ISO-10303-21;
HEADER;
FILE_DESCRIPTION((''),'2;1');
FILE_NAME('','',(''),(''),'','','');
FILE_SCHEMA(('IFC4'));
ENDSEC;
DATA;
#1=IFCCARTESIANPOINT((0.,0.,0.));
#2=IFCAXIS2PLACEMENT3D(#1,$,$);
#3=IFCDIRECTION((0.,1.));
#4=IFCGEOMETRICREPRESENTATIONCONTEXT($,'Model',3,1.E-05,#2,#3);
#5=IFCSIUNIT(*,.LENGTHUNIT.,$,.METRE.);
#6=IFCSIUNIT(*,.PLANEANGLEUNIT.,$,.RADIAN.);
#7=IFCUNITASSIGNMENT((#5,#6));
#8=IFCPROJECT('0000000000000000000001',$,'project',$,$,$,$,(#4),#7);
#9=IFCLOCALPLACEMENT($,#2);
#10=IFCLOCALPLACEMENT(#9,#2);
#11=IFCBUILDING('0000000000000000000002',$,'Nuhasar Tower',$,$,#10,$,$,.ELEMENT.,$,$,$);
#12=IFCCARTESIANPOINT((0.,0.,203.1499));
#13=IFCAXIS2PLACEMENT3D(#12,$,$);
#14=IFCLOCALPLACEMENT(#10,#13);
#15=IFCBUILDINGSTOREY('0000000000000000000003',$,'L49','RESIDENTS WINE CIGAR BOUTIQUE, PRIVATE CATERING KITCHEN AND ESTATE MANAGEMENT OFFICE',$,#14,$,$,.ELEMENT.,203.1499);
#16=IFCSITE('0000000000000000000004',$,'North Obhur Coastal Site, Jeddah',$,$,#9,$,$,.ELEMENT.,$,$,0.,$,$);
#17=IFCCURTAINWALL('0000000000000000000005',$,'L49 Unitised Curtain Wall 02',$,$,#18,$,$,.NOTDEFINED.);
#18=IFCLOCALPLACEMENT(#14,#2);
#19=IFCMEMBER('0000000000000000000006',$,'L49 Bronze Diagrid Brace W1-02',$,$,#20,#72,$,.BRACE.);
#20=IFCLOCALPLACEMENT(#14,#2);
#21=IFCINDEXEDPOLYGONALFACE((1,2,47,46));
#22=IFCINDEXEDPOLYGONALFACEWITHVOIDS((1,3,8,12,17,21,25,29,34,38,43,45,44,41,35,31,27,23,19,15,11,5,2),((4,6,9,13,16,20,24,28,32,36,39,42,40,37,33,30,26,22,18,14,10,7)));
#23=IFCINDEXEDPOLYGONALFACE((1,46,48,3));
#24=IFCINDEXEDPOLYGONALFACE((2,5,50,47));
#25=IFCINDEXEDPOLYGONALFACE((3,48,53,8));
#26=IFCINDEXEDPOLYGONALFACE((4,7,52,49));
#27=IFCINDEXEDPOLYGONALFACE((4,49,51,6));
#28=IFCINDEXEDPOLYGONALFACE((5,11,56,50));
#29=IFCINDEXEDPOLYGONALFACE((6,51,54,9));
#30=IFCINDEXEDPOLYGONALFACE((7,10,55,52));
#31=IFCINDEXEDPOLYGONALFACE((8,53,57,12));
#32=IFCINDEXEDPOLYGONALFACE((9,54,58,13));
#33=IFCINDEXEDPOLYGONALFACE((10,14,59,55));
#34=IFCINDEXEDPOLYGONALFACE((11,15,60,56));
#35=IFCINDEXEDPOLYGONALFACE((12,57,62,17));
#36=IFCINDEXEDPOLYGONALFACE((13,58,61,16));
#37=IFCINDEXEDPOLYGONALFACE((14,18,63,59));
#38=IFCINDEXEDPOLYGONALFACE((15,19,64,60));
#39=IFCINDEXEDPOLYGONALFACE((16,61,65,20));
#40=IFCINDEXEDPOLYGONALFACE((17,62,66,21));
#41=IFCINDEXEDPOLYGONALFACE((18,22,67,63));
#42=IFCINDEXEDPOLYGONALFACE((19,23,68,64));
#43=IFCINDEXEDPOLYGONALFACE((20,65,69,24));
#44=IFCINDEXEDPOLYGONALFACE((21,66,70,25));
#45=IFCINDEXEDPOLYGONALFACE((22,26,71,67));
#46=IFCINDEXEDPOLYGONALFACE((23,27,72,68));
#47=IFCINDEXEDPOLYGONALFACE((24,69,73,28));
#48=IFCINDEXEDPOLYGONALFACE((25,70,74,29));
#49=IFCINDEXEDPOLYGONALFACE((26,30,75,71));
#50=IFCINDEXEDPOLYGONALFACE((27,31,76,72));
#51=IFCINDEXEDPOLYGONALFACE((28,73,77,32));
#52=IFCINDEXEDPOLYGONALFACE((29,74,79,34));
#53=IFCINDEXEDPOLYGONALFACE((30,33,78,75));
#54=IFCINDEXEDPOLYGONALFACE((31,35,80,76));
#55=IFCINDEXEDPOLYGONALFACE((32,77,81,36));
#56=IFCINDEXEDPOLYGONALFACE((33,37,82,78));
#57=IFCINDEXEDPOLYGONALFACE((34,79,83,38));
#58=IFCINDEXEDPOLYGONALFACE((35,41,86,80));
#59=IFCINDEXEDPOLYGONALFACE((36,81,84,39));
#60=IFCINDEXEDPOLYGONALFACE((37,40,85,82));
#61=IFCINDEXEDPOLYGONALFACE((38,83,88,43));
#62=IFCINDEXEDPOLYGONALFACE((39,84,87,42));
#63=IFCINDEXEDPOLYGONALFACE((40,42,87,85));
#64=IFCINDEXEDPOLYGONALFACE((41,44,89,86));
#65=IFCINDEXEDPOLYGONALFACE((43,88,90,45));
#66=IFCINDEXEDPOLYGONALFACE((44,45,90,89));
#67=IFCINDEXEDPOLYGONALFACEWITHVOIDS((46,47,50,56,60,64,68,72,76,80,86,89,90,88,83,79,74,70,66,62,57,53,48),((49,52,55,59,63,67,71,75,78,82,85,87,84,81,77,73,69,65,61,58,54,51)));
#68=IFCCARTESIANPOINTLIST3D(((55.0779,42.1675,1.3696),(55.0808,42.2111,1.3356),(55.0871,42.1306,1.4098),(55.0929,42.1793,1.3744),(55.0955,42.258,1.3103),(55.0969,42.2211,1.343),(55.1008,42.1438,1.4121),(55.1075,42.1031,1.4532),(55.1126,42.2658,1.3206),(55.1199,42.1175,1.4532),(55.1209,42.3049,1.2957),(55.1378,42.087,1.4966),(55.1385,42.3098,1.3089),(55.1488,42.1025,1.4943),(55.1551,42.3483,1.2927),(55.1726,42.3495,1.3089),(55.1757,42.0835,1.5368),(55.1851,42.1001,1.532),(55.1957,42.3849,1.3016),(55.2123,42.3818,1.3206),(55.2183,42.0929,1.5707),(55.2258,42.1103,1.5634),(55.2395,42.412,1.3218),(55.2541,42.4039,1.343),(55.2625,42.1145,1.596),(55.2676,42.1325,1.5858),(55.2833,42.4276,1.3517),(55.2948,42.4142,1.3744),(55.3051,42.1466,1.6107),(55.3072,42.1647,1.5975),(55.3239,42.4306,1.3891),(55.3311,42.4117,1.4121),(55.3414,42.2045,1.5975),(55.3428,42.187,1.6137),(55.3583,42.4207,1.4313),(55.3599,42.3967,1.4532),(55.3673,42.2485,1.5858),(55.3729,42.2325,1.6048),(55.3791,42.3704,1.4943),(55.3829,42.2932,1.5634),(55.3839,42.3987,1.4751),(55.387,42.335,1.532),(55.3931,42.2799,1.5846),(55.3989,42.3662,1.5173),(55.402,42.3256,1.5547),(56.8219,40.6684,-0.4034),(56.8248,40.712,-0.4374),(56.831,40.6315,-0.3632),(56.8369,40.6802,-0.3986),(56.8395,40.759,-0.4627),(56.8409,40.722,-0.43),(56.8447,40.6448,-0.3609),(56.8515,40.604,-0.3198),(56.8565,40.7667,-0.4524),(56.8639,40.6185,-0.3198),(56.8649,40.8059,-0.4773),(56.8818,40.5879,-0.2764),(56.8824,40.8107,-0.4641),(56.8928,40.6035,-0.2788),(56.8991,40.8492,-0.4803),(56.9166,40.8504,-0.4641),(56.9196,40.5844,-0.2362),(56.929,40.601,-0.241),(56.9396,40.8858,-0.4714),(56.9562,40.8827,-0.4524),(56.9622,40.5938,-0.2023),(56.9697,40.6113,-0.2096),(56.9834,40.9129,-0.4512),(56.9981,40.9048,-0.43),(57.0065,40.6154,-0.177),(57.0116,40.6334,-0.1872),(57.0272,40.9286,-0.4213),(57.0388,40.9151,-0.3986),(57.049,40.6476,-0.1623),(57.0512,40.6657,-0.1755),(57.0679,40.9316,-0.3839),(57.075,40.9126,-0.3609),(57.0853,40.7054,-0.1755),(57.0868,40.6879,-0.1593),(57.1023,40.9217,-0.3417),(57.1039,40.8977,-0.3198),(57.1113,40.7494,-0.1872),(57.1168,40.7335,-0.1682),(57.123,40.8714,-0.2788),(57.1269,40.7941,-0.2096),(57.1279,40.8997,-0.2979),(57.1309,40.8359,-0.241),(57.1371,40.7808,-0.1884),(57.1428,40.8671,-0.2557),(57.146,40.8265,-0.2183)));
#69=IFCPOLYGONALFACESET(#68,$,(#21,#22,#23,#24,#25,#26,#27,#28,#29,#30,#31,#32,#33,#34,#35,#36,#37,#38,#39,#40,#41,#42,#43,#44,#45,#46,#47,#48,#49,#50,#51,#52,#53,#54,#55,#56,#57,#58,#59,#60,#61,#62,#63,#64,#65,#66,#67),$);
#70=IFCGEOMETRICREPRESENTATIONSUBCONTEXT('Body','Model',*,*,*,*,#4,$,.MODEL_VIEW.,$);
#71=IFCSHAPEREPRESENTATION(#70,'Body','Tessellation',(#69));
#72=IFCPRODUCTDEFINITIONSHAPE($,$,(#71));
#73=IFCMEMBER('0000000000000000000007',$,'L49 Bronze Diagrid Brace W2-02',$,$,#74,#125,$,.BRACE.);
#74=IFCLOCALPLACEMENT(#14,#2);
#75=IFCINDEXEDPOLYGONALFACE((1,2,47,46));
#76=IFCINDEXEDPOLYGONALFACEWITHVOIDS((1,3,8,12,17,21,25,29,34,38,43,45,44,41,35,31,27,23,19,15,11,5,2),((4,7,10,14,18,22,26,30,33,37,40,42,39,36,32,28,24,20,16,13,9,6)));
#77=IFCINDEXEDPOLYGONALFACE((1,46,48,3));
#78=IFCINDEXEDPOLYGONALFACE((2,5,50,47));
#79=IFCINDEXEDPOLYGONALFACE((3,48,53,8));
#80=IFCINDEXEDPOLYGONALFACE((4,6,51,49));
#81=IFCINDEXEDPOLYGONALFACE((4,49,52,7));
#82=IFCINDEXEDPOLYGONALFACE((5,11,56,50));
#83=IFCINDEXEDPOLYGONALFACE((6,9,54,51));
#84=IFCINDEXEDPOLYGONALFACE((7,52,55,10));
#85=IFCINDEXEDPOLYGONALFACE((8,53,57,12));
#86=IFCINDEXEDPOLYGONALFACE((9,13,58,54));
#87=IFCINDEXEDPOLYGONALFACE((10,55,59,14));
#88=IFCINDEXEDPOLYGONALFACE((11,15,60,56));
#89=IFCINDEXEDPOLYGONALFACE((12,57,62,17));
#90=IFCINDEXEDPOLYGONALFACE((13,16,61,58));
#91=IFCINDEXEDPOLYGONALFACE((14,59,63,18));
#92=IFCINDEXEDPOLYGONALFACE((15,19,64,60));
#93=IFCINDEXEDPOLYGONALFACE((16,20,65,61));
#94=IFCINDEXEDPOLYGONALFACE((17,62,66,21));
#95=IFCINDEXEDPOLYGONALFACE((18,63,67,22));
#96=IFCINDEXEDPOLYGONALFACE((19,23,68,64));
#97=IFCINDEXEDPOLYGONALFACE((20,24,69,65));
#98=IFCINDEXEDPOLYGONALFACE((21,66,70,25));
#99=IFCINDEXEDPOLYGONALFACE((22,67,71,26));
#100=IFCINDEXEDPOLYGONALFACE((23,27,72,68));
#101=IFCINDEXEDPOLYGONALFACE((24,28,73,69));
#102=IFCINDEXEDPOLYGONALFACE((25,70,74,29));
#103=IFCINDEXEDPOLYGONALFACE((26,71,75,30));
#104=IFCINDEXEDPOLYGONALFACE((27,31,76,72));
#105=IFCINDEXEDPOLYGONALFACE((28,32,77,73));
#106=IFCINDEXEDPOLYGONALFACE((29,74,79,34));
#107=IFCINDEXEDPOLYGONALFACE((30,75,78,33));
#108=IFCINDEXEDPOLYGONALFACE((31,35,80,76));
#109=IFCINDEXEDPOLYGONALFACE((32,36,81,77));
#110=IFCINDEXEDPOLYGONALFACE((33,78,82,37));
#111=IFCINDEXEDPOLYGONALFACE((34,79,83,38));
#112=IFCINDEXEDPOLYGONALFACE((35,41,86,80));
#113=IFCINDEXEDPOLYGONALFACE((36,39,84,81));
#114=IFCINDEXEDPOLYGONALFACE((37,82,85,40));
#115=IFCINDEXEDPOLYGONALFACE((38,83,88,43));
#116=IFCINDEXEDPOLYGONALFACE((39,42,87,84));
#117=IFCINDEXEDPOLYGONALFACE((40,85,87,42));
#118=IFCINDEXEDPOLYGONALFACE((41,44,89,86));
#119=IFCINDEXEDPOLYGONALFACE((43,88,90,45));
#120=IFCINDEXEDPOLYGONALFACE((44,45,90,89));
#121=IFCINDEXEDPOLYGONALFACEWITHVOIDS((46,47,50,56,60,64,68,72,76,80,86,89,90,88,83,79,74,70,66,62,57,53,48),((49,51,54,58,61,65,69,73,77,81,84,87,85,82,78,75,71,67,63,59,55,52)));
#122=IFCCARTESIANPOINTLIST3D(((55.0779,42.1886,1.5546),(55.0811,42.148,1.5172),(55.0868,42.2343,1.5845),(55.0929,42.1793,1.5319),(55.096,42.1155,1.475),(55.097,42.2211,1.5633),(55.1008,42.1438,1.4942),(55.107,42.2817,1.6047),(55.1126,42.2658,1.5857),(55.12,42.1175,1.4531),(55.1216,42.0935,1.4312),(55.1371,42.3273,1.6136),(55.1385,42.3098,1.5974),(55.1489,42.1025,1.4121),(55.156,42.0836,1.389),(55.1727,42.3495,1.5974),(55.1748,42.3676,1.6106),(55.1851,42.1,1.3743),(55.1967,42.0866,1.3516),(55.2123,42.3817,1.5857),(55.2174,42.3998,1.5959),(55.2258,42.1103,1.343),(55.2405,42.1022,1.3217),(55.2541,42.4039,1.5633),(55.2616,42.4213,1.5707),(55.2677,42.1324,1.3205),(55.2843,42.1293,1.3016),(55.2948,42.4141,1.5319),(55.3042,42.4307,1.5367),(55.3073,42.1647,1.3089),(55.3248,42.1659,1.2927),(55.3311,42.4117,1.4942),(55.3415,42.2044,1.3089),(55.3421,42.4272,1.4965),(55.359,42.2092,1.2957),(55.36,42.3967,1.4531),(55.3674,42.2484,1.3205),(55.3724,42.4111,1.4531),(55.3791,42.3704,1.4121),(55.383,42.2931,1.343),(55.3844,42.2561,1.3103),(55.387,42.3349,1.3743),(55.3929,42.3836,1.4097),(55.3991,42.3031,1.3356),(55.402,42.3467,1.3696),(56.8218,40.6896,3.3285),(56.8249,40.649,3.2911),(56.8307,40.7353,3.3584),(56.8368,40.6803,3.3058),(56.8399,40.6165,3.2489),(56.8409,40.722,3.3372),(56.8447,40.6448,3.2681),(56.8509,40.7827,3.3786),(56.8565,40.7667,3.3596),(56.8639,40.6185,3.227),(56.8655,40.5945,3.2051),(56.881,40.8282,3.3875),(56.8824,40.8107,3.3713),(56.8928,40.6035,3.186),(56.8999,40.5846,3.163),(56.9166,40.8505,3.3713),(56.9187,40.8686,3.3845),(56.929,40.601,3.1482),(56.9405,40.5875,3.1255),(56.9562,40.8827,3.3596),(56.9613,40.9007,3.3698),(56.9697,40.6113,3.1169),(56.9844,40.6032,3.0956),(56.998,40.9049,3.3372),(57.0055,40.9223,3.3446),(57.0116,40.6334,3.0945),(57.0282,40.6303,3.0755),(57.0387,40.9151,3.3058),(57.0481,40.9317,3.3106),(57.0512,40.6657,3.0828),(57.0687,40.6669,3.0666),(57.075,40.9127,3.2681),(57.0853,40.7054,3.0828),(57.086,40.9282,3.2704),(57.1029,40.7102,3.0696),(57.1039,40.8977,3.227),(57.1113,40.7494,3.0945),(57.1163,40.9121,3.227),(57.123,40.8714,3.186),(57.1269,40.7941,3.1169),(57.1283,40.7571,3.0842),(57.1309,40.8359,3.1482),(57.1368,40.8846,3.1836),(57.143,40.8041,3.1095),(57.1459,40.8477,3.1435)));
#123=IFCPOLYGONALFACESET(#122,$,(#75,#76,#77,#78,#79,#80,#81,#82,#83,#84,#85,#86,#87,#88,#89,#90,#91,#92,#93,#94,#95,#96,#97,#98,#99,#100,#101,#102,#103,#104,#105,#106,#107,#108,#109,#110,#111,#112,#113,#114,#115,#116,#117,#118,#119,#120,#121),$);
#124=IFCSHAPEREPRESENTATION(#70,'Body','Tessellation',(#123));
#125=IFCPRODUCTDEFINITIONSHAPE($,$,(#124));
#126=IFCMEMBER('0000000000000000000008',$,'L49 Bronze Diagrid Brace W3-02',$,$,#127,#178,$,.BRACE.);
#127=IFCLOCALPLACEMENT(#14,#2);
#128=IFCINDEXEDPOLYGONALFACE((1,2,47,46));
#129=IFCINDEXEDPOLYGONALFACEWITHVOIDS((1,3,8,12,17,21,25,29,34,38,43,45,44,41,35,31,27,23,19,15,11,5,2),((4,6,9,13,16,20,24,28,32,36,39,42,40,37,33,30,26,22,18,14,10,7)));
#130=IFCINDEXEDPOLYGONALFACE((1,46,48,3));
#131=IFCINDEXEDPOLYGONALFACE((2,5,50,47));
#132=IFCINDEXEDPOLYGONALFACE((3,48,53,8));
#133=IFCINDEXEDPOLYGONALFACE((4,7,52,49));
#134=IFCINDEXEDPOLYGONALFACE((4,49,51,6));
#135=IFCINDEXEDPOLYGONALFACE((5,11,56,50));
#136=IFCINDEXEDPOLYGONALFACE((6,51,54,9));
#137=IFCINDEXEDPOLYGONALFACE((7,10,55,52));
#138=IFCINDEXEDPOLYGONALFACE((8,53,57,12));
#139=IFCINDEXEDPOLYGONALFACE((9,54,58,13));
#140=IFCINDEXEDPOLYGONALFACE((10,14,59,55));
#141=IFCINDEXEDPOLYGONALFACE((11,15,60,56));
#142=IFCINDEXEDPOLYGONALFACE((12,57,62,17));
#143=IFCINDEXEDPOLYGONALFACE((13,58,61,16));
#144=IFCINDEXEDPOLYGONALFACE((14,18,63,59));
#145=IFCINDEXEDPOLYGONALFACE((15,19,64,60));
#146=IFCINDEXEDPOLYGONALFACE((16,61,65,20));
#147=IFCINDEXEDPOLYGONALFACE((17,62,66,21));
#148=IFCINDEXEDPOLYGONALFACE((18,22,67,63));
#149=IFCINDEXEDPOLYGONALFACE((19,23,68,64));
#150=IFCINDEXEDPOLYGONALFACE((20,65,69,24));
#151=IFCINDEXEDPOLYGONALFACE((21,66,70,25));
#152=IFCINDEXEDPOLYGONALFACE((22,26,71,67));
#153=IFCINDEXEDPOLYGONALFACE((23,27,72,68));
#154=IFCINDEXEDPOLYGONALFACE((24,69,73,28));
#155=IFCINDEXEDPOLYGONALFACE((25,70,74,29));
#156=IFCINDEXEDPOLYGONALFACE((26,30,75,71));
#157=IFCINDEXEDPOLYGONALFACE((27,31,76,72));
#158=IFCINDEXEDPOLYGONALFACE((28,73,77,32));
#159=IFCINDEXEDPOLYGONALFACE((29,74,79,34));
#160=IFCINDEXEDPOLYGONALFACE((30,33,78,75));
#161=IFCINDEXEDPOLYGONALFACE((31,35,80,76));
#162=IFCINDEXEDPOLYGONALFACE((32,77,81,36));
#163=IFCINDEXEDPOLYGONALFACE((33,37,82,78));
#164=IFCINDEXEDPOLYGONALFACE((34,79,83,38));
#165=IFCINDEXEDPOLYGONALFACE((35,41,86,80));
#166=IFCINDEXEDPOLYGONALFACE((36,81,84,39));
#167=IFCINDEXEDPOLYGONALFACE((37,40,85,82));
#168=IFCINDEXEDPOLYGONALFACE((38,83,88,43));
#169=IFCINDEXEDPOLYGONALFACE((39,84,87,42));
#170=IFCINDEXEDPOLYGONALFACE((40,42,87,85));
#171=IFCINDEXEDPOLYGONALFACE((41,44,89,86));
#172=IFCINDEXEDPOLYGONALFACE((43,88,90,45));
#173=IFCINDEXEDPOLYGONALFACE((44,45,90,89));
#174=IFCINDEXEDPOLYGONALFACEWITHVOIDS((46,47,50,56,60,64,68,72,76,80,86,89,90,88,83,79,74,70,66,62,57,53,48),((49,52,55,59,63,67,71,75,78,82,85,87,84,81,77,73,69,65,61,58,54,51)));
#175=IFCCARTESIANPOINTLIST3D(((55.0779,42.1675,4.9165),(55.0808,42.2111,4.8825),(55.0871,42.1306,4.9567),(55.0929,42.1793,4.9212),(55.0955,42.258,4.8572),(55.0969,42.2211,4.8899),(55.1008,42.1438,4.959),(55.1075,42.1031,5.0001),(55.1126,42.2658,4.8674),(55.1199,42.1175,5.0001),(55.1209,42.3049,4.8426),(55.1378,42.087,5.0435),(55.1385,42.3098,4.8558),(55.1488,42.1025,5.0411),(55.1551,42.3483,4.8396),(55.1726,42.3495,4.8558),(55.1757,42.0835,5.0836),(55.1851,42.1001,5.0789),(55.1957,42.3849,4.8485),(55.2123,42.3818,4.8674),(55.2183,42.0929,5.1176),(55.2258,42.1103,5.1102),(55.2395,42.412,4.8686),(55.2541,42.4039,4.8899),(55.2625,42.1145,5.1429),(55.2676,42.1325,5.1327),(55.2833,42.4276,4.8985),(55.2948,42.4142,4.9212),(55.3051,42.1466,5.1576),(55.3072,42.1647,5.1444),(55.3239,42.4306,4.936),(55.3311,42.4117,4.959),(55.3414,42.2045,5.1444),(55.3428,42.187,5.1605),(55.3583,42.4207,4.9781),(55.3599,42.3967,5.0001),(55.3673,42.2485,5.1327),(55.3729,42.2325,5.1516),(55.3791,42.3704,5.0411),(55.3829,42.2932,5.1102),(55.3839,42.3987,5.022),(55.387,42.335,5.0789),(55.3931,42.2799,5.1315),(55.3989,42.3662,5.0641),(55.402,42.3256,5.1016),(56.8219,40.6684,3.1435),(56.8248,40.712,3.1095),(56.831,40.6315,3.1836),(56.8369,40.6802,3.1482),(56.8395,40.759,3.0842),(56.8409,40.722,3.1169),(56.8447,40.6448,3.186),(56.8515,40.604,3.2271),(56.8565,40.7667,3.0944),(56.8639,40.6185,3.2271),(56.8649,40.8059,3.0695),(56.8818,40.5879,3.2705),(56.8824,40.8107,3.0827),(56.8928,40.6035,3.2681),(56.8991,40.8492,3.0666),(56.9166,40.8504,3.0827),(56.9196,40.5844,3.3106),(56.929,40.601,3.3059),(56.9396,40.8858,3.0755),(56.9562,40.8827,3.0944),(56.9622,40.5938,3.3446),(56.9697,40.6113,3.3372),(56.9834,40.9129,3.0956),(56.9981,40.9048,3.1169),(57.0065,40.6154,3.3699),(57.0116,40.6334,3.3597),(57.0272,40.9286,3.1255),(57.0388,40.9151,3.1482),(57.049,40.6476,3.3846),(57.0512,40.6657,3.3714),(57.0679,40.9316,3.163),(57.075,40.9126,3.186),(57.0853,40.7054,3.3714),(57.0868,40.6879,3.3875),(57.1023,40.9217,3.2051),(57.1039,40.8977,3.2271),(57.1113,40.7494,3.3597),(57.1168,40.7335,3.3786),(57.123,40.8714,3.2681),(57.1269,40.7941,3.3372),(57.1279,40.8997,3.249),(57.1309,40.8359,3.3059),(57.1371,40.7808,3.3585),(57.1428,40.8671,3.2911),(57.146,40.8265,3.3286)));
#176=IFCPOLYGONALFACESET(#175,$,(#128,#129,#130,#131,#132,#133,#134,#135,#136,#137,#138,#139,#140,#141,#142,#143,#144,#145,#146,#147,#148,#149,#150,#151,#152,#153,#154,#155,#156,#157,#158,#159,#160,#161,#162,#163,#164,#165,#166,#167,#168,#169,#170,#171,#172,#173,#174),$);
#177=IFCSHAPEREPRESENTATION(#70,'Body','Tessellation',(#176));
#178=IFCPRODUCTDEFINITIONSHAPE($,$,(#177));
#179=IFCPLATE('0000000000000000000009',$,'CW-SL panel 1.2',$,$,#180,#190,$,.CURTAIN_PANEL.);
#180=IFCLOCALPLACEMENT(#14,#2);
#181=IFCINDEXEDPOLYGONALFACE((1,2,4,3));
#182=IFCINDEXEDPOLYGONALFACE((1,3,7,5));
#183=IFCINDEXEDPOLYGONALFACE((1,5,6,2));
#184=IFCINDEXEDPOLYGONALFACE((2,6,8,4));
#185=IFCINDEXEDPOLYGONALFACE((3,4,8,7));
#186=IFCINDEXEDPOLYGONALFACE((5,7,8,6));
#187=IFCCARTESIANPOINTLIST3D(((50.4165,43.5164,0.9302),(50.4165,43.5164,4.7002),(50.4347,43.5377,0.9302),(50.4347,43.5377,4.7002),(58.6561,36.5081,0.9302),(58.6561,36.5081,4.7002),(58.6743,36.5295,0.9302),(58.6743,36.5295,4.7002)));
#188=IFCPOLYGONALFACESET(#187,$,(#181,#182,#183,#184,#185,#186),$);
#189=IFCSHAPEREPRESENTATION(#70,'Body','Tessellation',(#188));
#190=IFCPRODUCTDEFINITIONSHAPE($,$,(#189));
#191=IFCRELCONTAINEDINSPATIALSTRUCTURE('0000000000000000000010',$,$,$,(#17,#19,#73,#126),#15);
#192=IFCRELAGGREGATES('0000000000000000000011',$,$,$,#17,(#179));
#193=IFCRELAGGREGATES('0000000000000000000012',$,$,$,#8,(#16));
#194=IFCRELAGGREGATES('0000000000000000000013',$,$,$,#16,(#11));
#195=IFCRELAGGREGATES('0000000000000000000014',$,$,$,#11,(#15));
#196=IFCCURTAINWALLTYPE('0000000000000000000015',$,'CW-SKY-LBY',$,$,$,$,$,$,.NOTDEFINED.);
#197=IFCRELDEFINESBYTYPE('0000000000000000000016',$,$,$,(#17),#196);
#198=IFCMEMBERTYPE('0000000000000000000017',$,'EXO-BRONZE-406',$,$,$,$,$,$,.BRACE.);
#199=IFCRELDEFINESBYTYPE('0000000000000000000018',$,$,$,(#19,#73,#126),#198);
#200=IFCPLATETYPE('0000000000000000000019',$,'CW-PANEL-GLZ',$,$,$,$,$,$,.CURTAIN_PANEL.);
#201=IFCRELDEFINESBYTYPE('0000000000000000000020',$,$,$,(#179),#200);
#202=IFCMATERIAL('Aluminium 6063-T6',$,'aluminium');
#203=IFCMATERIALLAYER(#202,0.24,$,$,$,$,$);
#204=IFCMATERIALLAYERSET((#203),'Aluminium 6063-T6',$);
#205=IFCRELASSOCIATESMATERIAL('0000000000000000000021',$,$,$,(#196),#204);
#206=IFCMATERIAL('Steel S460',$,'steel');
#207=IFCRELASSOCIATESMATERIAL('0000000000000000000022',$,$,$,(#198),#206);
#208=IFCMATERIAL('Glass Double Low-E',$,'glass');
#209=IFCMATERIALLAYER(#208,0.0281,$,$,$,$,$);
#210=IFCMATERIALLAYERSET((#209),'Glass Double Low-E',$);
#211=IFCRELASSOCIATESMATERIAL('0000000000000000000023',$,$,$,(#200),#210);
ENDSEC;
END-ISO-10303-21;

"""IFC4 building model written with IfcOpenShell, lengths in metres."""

from ifc_helpers import new_model, si_unit, direction, frame, origin, origin_2d, place, context, subcontext, project, spatial, rectangle, hollow_circle, extrude, material, layer, layer_set, material_profile, profile_set, type_object, element, aggregate, save


model = new_model("IFC4")

# Units and contexts
model_context = context("Model", 3, precision=1e-05, world=origin(), true_north=direction((0.0, 1.0)))
body_context = subcontext(model_context, "Body", "Model", "MODEL_VIEW")
ifc_project = project(units=[si_unit("LENGTHUNIT", "METRE"), si_unit("PLANEANGLEUNIT", "RADIAN")], contexts=[model_context])

# Site, building, storey
site_placement = place(None, origin())
site = spatial("IfcSite", under=ifc_project, at=site_placement, Name="North Obhur Coastal Site, Jeddah", CompositionType="ELEMENT", RefElevation=0.0)
building_placement = place(site_placement, origin())
building = spatial("IfcBuilding", under=site, at=building_placement, Name="Nuhasar Tower", CompositionType="ELEMENT")
storey_placement = place(building_placement, frame((0.0, 0.0, 203.1499)))
storey = spatial("IfcBuildingStorey", under=building, at=storey_placement, Name="L49", Description="RESIDENTS WINE CIGAR BOUTIQUE, PRIVATE CATERING KITCHEN AND ESTATE MANAGEMENT OFFICE", CompositionType="ELEMENT", Elevation=203.1499)

# Shared definitions
ifc_material_1 = material(Name="Steel S460", Category="steel")

# Shared definitions
ifc_material_2 = material(Name="Aluminium 6063-T6", Category="aluminium")
ifc_layer_1 = layer(ifc_material_2, 0.24)
ifc_layer_set_1 = layer_set([ifc_layer_1], Name="Aluminium 6063-T6")
curtain_wall_type = type_object("IfcCurtainWallType", Name="CW-SKY-LBY", PredefinedType="NOTDEFINED", material=ifc_layer_set_1)

# Curtain wall
curtain_wall_1_placement = place(storey_placement, origin())
curtain_wall_1 = element("IfcCurtainWall", 1, at=curtain_wall_1_placement, inside=storey, type_object=curtain_wall_type, Name="L49 Unitised Curtain Wall 02", PredefinedType="NOTDEFINED")

# Members
ifc_material_profile_1 = material_profile(ifc_material_1, hollow_circle(Radius=0.2031, WallThickness=0.019, at=origin_2d()), Name="HSS406.4X19.1")
ifc_profile_set_1 = profile_set([ifc_material_profile_1], Name="Steel S460")
member_type_1 = type_object("IfcMemberType", Name="EXO-BRONZE-406", PredefinedType="BRACE", material=ifc_profile_set_1)
member_1_placement = place(storey_placement, frame((56.9839, 40.7581, -0.3198), z_axis=(-0.600573, 0.516242, 0.610578), x_axis=(-0.651857, -0.758342, 0.0)))
element("IfcMember", 2, at=member_1_placement, inside=storey, type_object=member_type_1, Name="L49 Bronze Diagrid Brace W1-02", PredefinedType="BRACE", context=body_context, shape_type="SweptSolid", body=[
    extrude(hollow_circle(Radius=0.2031, WallThickness=0.019, at=origin_2d()), origin(), (0.0, 0.0, 1.0), 2.9038),
])
member_2_placement = place(storey_placement, frame((55.24, 42.2571, 1.4531), z_axis=(0.60045, -0.516136, 0.610789), x_axis=(0.651857, 0.758342, 0.0)))
element("IfcMember", 3, at=member_2_placement, inside=storey, type_object=member_type_1, Name="L49 Bronze Diagrid Brace W2-02", PredefinedType="BRACE", context=body_context, shape_type="SweptSolid", body=[
    extrude(hollow_circle(Radius=0.2031, WallThickness=0.019, at=origin_2d()), origin(), (0.0, 0.0, 1.0), 2.9043),
])
member_3_placement = place(storey_placement, frame((56.9839, 40.7581, 3.2271), z_axis=(-0.600573, 0.516242, 0.610578), x_axis=(-0.651857, -0.758342, 0.0)))
element("IfcMember", 4, at=member_3_placement, inside=storey, type_object=member_type_1, Name="L49 Bronze Diagrid Brace W3-02", PredefinedType="BRACE", context=body_context, shape_type="SweptSolid", body=[
    extrude(hollow_circle(Radius=0.2031, WallThickness=0.019, at=origin_2d()), origin(), (0.0, 0.0, 1.0), 2.9038),
])

# Plate
ifc_material_3 = material(Name="Glass Double Low-E", Category="glass")
ifc_layer_2 = layer(ifc_material_3, 0.0281)
ifc_layer_set_2 = layer_set([ifc_layer_2], Name="Glass Double Low-E")
plate_type_1 = type_object("IfcPlateType", Name="CW-PANEL-GLZ", PredefinedType="CURTAIN_PANEL", material=ifc_layer_set_2)
plate_1_placement = place(storey_placement, frame((54.5454, 40.0229, 0.9302), z_axis=(0.0, 0.0, 1.0), x_axis=(-0.761729, 0.647895, 0.0)))
plate_1 = element("IfcPlate", 5, at=plate_1_placement, type_object=plate_type_1, Name="CW-SL panel 1.2", PredefinedType="CURTAIN_PANEL", context=body_context, shape_type="SweptSolid", body=[
    extrude(rectangle(XDim=10.8169, YDim=0.0281, at=origin_2d()), origin(), (0.0, 0.0, 1.0), 3.77),
])
aggregate(curtain_wall_1, [plate_1])

save(model, "model.ifc")
